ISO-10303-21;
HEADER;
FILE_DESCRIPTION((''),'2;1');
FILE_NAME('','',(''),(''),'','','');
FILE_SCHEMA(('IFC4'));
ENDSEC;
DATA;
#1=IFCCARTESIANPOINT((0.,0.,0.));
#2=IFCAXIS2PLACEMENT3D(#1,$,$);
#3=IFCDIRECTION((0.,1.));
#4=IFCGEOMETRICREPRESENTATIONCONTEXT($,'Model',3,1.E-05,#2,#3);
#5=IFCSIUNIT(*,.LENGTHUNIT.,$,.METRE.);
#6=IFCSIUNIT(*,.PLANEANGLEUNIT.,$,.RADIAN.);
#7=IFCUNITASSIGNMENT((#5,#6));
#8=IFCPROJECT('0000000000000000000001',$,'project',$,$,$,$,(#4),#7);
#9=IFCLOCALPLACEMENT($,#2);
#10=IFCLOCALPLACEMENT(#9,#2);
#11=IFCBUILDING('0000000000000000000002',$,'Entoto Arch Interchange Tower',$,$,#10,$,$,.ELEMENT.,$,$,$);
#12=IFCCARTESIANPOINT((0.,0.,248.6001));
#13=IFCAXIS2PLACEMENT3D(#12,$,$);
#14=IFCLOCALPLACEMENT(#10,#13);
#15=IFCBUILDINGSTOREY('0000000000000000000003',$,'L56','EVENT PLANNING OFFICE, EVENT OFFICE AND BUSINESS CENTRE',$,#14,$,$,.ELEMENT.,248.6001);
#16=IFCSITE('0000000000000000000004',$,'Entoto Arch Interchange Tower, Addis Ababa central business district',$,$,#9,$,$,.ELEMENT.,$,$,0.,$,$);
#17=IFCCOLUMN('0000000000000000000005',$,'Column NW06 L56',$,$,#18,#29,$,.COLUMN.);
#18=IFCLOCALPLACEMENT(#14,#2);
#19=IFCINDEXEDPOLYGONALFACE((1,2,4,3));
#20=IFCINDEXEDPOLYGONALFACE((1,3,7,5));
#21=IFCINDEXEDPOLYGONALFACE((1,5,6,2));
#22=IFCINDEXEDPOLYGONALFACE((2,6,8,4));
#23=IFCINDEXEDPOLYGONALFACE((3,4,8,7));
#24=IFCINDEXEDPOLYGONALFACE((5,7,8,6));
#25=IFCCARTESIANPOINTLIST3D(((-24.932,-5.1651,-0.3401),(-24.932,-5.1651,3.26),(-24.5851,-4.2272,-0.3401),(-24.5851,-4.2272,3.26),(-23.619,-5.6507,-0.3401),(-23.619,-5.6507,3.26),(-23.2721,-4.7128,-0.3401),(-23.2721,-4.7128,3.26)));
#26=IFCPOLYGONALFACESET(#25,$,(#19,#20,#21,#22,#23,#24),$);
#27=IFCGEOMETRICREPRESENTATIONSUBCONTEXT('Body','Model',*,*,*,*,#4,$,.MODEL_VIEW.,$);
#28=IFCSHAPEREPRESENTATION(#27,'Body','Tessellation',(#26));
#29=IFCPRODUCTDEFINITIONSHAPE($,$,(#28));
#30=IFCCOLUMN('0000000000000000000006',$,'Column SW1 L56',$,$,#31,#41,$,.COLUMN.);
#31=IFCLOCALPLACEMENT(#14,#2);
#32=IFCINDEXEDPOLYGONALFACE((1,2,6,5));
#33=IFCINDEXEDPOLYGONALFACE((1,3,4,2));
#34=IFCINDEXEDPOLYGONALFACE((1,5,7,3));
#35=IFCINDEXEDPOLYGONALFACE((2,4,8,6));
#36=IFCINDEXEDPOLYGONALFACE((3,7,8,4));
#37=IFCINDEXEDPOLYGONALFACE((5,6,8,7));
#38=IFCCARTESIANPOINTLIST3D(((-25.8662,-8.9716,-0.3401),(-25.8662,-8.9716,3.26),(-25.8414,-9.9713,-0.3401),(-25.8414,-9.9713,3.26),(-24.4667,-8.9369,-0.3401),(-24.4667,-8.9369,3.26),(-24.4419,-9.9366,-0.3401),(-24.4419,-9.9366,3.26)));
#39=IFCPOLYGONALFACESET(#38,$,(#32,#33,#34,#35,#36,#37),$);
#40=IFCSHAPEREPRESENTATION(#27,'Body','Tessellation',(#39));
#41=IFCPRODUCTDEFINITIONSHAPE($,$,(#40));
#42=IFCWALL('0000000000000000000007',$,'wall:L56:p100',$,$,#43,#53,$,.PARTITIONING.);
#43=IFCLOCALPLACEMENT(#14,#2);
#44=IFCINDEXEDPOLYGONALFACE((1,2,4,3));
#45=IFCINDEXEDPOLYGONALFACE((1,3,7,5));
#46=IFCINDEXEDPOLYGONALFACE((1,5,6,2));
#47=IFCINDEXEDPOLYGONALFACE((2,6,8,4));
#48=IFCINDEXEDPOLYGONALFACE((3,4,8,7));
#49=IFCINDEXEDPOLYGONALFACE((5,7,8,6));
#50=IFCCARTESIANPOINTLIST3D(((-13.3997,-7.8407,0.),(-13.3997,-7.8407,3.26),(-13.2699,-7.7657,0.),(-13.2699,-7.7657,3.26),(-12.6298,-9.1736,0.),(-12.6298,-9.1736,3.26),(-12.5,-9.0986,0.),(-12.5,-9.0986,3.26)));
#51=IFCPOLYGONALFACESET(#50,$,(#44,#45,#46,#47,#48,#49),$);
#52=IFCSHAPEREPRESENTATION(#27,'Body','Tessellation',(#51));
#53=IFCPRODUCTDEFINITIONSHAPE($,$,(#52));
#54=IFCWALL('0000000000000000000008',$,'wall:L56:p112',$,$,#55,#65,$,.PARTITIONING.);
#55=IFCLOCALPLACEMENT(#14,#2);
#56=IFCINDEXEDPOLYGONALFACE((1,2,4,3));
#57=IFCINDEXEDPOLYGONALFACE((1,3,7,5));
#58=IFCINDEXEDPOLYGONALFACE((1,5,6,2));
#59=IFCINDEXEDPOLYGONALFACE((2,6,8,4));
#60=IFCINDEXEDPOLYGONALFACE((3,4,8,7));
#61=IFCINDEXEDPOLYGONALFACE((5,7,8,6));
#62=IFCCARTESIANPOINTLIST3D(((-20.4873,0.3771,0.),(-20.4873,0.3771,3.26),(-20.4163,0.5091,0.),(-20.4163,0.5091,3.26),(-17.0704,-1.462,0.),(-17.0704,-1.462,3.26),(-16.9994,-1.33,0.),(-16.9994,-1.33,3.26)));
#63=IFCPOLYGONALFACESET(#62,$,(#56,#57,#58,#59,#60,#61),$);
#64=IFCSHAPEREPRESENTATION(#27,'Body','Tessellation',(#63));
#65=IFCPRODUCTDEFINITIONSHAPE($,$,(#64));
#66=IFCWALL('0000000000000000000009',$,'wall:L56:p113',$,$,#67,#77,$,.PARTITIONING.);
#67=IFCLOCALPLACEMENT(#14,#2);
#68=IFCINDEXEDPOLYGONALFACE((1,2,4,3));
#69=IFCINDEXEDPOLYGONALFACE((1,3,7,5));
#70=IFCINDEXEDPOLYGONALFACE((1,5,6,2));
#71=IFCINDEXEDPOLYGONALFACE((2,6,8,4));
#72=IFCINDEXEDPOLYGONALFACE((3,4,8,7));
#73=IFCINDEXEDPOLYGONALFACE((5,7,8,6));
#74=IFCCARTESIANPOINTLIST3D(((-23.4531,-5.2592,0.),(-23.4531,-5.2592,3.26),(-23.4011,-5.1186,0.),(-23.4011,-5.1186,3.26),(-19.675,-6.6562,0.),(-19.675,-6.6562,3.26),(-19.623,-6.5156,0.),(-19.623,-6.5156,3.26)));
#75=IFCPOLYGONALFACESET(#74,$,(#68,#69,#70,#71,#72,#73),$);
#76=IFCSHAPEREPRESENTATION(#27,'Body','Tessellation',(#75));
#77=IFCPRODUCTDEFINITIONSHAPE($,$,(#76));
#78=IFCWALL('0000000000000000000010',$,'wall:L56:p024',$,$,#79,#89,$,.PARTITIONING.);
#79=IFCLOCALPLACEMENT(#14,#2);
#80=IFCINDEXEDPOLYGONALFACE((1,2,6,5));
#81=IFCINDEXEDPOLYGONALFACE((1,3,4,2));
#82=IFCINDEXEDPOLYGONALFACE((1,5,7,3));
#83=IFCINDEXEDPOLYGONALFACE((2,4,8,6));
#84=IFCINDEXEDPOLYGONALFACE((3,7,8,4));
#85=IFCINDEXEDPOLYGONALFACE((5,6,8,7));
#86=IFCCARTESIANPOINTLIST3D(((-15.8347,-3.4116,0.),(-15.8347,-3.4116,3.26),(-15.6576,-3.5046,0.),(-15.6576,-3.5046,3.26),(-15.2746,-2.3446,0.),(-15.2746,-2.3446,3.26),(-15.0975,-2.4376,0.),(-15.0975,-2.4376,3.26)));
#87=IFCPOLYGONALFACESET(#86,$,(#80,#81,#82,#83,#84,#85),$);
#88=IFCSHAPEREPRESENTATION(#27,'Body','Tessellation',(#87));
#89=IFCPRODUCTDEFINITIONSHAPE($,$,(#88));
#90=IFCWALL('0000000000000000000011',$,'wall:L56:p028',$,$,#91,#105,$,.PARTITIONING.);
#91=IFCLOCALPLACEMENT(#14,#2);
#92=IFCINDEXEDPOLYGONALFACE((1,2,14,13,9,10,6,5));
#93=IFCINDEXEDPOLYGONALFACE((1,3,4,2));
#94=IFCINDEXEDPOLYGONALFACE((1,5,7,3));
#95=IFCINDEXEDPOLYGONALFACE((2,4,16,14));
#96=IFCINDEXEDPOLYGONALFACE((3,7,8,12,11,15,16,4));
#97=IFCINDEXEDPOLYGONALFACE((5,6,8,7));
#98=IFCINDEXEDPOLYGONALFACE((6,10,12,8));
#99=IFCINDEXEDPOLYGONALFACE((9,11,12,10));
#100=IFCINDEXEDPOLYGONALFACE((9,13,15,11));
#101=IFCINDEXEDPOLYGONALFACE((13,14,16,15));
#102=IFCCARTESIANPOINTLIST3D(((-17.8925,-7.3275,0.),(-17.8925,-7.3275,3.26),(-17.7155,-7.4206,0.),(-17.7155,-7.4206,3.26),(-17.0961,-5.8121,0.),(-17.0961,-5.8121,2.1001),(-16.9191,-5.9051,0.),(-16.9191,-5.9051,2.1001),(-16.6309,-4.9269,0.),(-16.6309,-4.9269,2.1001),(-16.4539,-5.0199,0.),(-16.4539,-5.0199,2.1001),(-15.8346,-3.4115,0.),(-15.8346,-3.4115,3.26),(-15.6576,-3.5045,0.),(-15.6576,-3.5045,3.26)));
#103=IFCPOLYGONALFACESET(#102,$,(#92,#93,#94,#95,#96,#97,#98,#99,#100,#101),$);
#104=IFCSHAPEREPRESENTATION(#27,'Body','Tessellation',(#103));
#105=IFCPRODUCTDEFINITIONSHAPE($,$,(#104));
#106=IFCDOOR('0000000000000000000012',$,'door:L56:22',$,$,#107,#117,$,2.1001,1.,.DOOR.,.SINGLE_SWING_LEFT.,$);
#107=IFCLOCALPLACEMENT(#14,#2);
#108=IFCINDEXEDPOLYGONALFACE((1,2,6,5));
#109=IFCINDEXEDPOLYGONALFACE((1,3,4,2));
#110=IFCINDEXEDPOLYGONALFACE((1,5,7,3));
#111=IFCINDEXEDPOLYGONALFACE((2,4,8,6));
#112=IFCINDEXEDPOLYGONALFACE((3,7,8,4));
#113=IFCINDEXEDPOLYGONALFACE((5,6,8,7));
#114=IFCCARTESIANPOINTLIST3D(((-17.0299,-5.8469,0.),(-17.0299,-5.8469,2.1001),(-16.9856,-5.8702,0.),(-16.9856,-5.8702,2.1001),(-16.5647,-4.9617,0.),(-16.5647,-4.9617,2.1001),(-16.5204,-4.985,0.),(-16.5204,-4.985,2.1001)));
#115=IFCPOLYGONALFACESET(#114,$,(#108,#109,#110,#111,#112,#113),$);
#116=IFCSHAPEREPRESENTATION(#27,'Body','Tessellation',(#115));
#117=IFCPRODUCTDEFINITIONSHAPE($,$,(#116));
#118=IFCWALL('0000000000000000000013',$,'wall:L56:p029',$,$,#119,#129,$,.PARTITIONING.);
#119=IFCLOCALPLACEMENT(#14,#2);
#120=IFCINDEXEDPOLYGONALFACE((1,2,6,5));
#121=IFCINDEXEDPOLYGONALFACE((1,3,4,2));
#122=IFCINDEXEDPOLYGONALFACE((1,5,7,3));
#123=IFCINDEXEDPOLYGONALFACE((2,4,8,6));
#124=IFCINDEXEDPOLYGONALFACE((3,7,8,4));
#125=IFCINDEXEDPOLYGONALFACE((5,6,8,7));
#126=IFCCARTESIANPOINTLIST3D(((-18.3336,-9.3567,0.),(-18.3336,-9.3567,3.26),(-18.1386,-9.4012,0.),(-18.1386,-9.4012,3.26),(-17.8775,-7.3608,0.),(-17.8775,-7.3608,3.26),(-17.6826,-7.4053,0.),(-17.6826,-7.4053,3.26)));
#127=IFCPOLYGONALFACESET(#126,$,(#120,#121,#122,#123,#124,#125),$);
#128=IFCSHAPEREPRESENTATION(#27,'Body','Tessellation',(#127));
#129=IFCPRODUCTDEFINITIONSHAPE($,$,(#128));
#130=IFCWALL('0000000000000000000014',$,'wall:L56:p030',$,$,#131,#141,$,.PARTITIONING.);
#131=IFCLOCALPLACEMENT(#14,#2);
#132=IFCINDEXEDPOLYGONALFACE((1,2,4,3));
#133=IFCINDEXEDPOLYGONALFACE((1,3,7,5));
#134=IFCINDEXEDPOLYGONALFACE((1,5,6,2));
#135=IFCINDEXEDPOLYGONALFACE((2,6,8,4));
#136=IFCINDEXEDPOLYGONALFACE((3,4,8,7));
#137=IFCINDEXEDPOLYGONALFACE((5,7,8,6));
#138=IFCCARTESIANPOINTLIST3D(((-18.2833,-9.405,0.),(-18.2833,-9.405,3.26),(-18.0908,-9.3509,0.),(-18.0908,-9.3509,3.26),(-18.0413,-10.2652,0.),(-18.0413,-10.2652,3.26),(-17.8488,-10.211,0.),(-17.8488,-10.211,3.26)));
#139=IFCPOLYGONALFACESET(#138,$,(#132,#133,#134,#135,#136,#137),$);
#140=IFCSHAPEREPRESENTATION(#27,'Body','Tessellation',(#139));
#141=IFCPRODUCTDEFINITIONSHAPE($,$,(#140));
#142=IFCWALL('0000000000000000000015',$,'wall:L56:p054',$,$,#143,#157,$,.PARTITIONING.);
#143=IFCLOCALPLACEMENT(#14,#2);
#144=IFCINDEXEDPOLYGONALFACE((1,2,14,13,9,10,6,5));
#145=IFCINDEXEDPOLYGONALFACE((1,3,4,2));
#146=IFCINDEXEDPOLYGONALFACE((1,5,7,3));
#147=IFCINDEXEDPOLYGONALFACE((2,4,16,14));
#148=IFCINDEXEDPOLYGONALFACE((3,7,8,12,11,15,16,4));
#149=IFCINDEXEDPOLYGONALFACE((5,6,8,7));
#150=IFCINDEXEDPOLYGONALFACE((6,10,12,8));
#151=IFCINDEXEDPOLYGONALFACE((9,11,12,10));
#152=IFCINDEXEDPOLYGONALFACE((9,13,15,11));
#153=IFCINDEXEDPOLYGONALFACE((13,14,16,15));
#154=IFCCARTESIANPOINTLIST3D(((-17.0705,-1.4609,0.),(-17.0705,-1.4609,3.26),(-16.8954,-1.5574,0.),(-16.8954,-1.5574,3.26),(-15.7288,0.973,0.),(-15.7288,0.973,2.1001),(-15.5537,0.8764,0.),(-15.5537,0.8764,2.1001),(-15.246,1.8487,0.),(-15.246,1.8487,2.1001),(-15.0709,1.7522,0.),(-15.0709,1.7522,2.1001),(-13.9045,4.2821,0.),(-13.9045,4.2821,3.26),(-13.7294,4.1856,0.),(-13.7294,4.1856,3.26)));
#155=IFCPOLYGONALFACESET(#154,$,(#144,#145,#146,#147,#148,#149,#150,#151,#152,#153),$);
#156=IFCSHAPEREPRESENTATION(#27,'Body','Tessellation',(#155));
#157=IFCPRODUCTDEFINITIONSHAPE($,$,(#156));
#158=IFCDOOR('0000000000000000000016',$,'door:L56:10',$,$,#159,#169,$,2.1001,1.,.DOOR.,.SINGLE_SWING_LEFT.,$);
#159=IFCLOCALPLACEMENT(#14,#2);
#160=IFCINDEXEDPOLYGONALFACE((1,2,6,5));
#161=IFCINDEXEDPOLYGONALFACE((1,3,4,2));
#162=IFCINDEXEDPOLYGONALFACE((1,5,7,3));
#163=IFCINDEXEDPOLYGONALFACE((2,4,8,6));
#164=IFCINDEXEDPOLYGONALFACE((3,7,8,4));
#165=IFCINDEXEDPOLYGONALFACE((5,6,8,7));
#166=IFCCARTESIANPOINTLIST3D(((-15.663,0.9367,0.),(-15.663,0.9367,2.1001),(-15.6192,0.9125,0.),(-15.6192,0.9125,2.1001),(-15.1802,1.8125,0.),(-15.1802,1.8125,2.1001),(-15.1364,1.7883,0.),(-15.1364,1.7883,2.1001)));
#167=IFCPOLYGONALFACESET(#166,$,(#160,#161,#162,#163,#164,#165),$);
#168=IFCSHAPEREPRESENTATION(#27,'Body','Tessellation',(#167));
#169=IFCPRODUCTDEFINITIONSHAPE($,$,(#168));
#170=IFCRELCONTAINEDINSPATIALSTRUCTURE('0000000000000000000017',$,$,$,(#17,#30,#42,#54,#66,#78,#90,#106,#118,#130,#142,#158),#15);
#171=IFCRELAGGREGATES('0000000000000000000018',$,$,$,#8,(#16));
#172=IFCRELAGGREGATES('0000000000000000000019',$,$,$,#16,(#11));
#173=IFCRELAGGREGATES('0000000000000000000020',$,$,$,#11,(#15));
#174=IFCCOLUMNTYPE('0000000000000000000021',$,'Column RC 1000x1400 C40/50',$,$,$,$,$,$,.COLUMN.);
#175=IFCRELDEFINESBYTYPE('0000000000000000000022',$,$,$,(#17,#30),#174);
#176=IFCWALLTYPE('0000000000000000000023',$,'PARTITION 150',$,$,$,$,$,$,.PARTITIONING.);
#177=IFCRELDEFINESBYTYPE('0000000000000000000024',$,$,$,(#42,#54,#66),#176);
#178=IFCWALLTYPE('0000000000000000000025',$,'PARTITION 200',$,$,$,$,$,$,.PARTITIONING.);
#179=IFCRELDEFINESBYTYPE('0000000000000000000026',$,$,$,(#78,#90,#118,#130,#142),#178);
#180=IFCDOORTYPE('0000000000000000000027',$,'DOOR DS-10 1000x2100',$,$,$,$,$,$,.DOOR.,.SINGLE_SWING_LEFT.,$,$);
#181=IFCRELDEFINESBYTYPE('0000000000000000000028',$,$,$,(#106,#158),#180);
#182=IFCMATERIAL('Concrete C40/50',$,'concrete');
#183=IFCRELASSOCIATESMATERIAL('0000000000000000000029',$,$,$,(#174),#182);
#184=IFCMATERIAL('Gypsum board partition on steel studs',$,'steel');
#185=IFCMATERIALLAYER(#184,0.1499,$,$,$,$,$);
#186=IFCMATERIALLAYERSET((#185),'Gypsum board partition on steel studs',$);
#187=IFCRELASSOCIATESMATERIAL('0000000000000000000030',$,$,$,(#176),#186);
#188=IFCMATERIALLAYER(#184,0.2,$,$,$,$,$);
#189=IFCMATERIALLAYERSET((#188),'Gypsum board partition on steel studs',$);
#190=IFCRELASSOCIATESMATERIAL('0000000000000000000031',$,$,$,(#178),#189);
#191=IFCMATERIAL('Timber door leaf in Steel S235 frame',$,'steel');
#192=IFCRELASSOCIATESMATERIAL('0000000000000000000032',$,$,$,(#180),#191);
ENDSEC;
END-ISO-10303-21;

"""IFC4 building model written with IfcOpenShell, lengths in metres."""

from ifc_helpers import new_model, si_unit, direction, frame, frame_2d, origin, origin_2d, place, context, subcontext, project, spatial, rectangle, extrude, material, layer, layer_set, material_profile, profile_set, type_object, element, fill, save


model = new_model("IFC4")

# Units and contexts
model_context = context("Model", 3, precision=1e-05, world=origin(), true_north=direction((0.0, 1.0)))
body_context = subcontext(model_context, "Body", "Model", "MODEL_VIEW")
ifc_project = project(units=[si_unit("LENGTHUNIT", "METRE"), si_unit("PLANEANGLEUNIT", "RADIAN")], contexts=[model_context])

# Site, building, storey
site_placement = place(None, origin())
site = spatial("IfcSite", under=ifc_project, at=site_placement, Name="Entoto Arch Interchange Tower, Addis Ababa central business district", CompositionType="ELEMENT", RefElevation=0.0)
building_placement = place(site_placement, origin())
building = spatial("IfcBuilding", under=site, at=building_placement, Name="Entoto Arch Interchange Tower", CompositionType="ELEMENT")
storey_placement = place(building_placement, frame((0.0, 0.0, 248.6001)))
storey = spatial("IfcBuildingStorey", under=building, at=storey_placement, Name="L56", Description="EVENT PLANNING OFFICE, EVENT OFFICE AND BUSINESS CENTRE", CompositionType="ELEMENT", Elevation=248.6001)

# Columns
ifc_material_1 = material(Name="Concrete C40/50", Category="concrete")
ifc_material_profile = material_profile(ifc_material_1, rectangle(XDim=1.0, YDim=1.3999, at=origin_2d()))
ifc_profile_set = profile_set([ifc_material_profile], Name="Concrete C40/50")
column_type = type_object("IfcColumnType", Name="Column RC 1000x1400 C40/50", PredefinedType="COLUMN", material=ifc_profile_set)
for number, where, z_axis, x_axis, name in (
    (1, (-24.1021, -4.939, -0.3401), (0.0, 0.0, 1.0), (0.346854, 0.937919, 0.0), "Column NW06 L56"),
    (2, (-25.1541, -9.4541, -0.3401), (0.0, 0.0, 1.0), (-0.024833, 0.999692, 0.0), "Column SW1 L56"),
):
    element("IfcColumn", number, at=place(storey_placement, frame(where, z_axis=z_axis, x_axis=x_axis)), inside=storey, type_object=column_type, Name=name, PredefinedType="COLUMN", context=body_context, shape_type="SweptSolid", body=[
        extrude(rectangle(XDim=1.0, YDim=1.3999, at=origin_2d()), origin(), (0.0, 0.0, 1.0), 3.6001),
    ])

# Walls
ifc_material_2 = material(Name="Gypsum board partition on steel studs", Category="steel")
ifc_layer_1 = layer(ifc_material_2, 0.1499)
ifc_layer_set_1 = layer_set([ifc_layer_1], Name="Gypsum board partition on steel studs")
wall_type_1 = type_object("IfcWallType", Name="PARTITION 150", PredefinedType="PARTITIONING", material=ifc_layer_set_1)
wall_1_placement = place(storey_placement, frame((-12.5649, -9.136, 0.0), z_axis=(0.0, 0.0, 1.0), x_axis=(-0.500198, 0.865911, 0.0)))
element("IfcWall", 3, at=wall_1_placement, inside=storey, type_object=wall_type_1, Name="wall:L56:p100", PredefinedType="PARTITIONING", context=body_context, shape_type="SweptSolid", body=[
    extrude(rectangle(XDim=1.5393, YDim=0.1499, at=frame_2d((0.7695, 0.0))), origin(), (0.0, 0.0, 1.0), 3.26),
])
wall_2_placement = place(storey_placement, frame((-17.0349, -1.396, 0.0), z_axis=(0.0, 0.0, 1.0), x_axis=(-0.880558, 0.473938, 0.0)))
element("IfcWall", 4, at=wall_2_placement, inside=storey, type_object=wall_type_1, Name="wall:L56:p112", PredefinedType="PARTITIONING", context=body_context, shape_type="SweptSolid", body=[
    extrude(rectangle(XDim=3.8804, YDim=0.1499, at=frame_2d((1.9402, 0.0))), origin(), (0.0, 0.0, 1.0), 3.26),
])
wall_3_placement = place(storey_placement, frame((-19.6489, -6.5859, 0.0), z_axis=(0.0, 0.0, 1.0), x_axis=(-0.937936, 0.346809, 0.0)))
element("IfcWall", 5, at=wall_3_placement, inside=storey, type_object=wall_type_1, Name="wall:L56:p113", PredefinedType="PARTITIONING", context=body_context, shape_type="SweptSolid", body=[
    extrude(rectangle(XDim=4.0281, YDim=0.1499, at=frame_2d((2.0142, 0.0))), origin(), (0.0, 0.0, 1.0), 3.26),
])
ifc_layer_2 = layer(ifc_material_2, 0.2)
ifc_layer_set_2 = layer_set([ifc_layer_2], Name="Gypsum board partition on steel studs")
wall_type_2 = type_object("IfcWallType", Name="PARTITION 200", PredefinedType="PARTITIONING", material=ifc_layer_set_2)
wall_4_placement = place(storey_placement, frame((-15.186, -2.3911, 0.0), z_axis=(0.0, 0.0, 1.0), x_axis=(-0.464794, -0.885419, 0.0)))
element("IfcWall", 6, at=wall_4_placement, inside=storey, type_object=wall_type_2, Name="wall:L56:p024", PredefinedType="PARTITIONING", context=body_context, shape_type="SweptSolid", body=[
    extrude(rectangle(XDim=1.2051, YDim=0.2, at=frame_2d((0.6025, 0.0))), origin(), (0.0, 0.0, 1.0), 3.26),
])

# Wall, opening, door
wall_5_placement = place(storey_placement, frame((-15.7461, -3.458, 0.0), z_axis=(0.0, 0.0, 1.0), x_axis=(-0.46518, -0.885216, 0.0)))
wall_5 = element("IfcWall", 7, at=wall_5_placement, inside=storey, type_object=wall_type_2, Name="wall:L56:p028", PredefinedType="PARTITIONING", context=body_context, shape_type="SweptSolid", body=[
    extrude(rectangle(XDim=4.4238, YDim=0.2, at=frame_2d((2.2119, 0.0))), origin(), (0.0, 0.0, 1.0), 3.26),
])
opening_1_placement = place(wall_5_placement, frame((1.7119, 0.0, 0.0)))
opening_1 = element("IfcOpeningElement", 8, at=opening_1_placement, cuts=wall_5, PredefinedType="OPENING", context=body_context, shape_type="SweptSolid", body=[
    extrude(rectangle(XDim=1.0, YDim=2.1001, at=frame_2d((0.5, 1.05))), frame((0.0, 0.1099, 0.0), z_axis=(0.0, -1.0, 0.0), x_axis=(1.0, 0.0, 0.0)), (0.0, 0.0, 1.0), 0.22),
])
ifc_material_3 = material(Name="Timber door leaf in Steel S235 frame", Category="steel")
door_type = type_object("IfcDoorType", Name="DOOR DS-10 1000x2100", OperationType="SINGLE_SWING_LEFT", PredefinedType="DOOR", material=ifc_material_3)
door_1_placement = place(opening_1_placement, origin())
door_1 = element("IfcDoor", 9, at=door_1_placement, inside=storey, type_object=door_type, Name="door:L56:22", OperationType="SINGLE_SWING_LEFT", OverallHeight=2.1001, OverallWidth=1.0, PredefinedType="DOOR", context=body_context, shape_type="SweptSolid", body=[
    extrude(rectangle(XDim=1.0, YDim=2.1001, at=frame_2d((0.5, 1.05))), frame((0.0, 0.0249, 0.0), z_axis=(0.0, -1.0, 0.0), x_axis=(1.0, 0.0, 0.0)), (0.0, 0.0, 1.0), 0.05),
])
fill(opening_1, door_1)

# Walls
wall_6_placement = place(storey_placement, frame((-17.78, -7.3831, 0.0), z_axis=(0.0, 0.0, 1.0), x_axis=(-0.22276, -0.974873, 0.0)))
element("IfcWall", 10, at=wall_6_placement, inside=storey, type_object=wall_type_2, Name="wall:L56:p029", PredefinedType="PARTITIONING", context=body_context, shape_type="SweptSolid", body=[
    extrude(rectangle(XDim=2.0474, YDim=0.2, at=frame_2d((1.0237, 0.0))), origin(), (0.0, 0.0, 1.0), 3.26),
])
wall_7_placement = place(storey_placement, frame((-18.187, -9.3779, 0.0), z_axis=(0.0, 0.0, 1.0), x_axis=(0.270785, -0.96264, 0.0)))
element("IfcWall", 11, at=wall_7_placement, inside=storey, type_object=wall_type_2, Name="wall:L56:p030", PredefinedType="PARTITIONING", context=body_context, shape_type="SweptSolid", body=[
    extrude(rectangle(XDim=0.8936, YDim=0.2, at=frame_2d((0.4468, 0.0))), origin(), (0.0, 0.0, 1.0), 3.26),
])

# Wall, opening, door
wall_8_placement = place(storey_placement, frame((-16.9829, -1.509, 0.0), z_axis=(0.0, 0.0, 1.0), x_axis=(0.482786, 0.875738, 0.0)))
wall_8 = element("IfcWall", 12, at=wall_8_placement, inside=storey, type_object=wall_type_2, Name="wall:L56:p054", PredefinedType="PARTITIONING", context=body_context, shape_type="SweptSolid", body=[
    extrude(rectangle(XDim=6.5579, YDim=0.2, at=frame_2d((3.2788, 0.0))), origin(), (0.0, 0.0, 1.0), 3.26),
])
opening_2_placement = place(wall_8_placement, frame((2.7791, 0.0, 0.0)))
opening_2 = element("IfcOpeningElement", 13, at=opening_2_placement, cuts=wall_8, PredefinedType="OPENING", context=body_context, shape_type="SweptSolid", body=[
    extrude(rectangle(XDim=1.0, YDim=2.1001, at=frame_2d((0.5, 1.05))), frame((0.0, 0.1099, 0.0), z_axis=(0.0, -1.0, 0.0), x_axis=(1.0, 0.0, 0.0)), (0.0, 0.0, 1.0), 0.22),
])
door_2_placement = place(opening_2_placement, origin())
door_2 = element("IfcDoor", 14, at=door_2_placement, inside=storey, type_object=door_type, Name="door:L56:10", OperationType="SINGLE_SWING_LEFT", OverallHeight=2.1001, OverallWidth=1.0, PredefinedType="DOOR", context=body_context, shape_type="SweptSolid", body=[
    extrude(rectangle(XDim=1.0, YDim=2.1001, at=frame_2d((0.5, 1.05))), frame((0.0, 0.0249, 0.0), z_axis=(0.0, -1.0, 0.0), x_axis=(1.0, 0.0, 0.0)), (0.0, 0.0, 1.0), 0.05),
])
fill(opening_2, door_2)

save(model, "model.ifc")
